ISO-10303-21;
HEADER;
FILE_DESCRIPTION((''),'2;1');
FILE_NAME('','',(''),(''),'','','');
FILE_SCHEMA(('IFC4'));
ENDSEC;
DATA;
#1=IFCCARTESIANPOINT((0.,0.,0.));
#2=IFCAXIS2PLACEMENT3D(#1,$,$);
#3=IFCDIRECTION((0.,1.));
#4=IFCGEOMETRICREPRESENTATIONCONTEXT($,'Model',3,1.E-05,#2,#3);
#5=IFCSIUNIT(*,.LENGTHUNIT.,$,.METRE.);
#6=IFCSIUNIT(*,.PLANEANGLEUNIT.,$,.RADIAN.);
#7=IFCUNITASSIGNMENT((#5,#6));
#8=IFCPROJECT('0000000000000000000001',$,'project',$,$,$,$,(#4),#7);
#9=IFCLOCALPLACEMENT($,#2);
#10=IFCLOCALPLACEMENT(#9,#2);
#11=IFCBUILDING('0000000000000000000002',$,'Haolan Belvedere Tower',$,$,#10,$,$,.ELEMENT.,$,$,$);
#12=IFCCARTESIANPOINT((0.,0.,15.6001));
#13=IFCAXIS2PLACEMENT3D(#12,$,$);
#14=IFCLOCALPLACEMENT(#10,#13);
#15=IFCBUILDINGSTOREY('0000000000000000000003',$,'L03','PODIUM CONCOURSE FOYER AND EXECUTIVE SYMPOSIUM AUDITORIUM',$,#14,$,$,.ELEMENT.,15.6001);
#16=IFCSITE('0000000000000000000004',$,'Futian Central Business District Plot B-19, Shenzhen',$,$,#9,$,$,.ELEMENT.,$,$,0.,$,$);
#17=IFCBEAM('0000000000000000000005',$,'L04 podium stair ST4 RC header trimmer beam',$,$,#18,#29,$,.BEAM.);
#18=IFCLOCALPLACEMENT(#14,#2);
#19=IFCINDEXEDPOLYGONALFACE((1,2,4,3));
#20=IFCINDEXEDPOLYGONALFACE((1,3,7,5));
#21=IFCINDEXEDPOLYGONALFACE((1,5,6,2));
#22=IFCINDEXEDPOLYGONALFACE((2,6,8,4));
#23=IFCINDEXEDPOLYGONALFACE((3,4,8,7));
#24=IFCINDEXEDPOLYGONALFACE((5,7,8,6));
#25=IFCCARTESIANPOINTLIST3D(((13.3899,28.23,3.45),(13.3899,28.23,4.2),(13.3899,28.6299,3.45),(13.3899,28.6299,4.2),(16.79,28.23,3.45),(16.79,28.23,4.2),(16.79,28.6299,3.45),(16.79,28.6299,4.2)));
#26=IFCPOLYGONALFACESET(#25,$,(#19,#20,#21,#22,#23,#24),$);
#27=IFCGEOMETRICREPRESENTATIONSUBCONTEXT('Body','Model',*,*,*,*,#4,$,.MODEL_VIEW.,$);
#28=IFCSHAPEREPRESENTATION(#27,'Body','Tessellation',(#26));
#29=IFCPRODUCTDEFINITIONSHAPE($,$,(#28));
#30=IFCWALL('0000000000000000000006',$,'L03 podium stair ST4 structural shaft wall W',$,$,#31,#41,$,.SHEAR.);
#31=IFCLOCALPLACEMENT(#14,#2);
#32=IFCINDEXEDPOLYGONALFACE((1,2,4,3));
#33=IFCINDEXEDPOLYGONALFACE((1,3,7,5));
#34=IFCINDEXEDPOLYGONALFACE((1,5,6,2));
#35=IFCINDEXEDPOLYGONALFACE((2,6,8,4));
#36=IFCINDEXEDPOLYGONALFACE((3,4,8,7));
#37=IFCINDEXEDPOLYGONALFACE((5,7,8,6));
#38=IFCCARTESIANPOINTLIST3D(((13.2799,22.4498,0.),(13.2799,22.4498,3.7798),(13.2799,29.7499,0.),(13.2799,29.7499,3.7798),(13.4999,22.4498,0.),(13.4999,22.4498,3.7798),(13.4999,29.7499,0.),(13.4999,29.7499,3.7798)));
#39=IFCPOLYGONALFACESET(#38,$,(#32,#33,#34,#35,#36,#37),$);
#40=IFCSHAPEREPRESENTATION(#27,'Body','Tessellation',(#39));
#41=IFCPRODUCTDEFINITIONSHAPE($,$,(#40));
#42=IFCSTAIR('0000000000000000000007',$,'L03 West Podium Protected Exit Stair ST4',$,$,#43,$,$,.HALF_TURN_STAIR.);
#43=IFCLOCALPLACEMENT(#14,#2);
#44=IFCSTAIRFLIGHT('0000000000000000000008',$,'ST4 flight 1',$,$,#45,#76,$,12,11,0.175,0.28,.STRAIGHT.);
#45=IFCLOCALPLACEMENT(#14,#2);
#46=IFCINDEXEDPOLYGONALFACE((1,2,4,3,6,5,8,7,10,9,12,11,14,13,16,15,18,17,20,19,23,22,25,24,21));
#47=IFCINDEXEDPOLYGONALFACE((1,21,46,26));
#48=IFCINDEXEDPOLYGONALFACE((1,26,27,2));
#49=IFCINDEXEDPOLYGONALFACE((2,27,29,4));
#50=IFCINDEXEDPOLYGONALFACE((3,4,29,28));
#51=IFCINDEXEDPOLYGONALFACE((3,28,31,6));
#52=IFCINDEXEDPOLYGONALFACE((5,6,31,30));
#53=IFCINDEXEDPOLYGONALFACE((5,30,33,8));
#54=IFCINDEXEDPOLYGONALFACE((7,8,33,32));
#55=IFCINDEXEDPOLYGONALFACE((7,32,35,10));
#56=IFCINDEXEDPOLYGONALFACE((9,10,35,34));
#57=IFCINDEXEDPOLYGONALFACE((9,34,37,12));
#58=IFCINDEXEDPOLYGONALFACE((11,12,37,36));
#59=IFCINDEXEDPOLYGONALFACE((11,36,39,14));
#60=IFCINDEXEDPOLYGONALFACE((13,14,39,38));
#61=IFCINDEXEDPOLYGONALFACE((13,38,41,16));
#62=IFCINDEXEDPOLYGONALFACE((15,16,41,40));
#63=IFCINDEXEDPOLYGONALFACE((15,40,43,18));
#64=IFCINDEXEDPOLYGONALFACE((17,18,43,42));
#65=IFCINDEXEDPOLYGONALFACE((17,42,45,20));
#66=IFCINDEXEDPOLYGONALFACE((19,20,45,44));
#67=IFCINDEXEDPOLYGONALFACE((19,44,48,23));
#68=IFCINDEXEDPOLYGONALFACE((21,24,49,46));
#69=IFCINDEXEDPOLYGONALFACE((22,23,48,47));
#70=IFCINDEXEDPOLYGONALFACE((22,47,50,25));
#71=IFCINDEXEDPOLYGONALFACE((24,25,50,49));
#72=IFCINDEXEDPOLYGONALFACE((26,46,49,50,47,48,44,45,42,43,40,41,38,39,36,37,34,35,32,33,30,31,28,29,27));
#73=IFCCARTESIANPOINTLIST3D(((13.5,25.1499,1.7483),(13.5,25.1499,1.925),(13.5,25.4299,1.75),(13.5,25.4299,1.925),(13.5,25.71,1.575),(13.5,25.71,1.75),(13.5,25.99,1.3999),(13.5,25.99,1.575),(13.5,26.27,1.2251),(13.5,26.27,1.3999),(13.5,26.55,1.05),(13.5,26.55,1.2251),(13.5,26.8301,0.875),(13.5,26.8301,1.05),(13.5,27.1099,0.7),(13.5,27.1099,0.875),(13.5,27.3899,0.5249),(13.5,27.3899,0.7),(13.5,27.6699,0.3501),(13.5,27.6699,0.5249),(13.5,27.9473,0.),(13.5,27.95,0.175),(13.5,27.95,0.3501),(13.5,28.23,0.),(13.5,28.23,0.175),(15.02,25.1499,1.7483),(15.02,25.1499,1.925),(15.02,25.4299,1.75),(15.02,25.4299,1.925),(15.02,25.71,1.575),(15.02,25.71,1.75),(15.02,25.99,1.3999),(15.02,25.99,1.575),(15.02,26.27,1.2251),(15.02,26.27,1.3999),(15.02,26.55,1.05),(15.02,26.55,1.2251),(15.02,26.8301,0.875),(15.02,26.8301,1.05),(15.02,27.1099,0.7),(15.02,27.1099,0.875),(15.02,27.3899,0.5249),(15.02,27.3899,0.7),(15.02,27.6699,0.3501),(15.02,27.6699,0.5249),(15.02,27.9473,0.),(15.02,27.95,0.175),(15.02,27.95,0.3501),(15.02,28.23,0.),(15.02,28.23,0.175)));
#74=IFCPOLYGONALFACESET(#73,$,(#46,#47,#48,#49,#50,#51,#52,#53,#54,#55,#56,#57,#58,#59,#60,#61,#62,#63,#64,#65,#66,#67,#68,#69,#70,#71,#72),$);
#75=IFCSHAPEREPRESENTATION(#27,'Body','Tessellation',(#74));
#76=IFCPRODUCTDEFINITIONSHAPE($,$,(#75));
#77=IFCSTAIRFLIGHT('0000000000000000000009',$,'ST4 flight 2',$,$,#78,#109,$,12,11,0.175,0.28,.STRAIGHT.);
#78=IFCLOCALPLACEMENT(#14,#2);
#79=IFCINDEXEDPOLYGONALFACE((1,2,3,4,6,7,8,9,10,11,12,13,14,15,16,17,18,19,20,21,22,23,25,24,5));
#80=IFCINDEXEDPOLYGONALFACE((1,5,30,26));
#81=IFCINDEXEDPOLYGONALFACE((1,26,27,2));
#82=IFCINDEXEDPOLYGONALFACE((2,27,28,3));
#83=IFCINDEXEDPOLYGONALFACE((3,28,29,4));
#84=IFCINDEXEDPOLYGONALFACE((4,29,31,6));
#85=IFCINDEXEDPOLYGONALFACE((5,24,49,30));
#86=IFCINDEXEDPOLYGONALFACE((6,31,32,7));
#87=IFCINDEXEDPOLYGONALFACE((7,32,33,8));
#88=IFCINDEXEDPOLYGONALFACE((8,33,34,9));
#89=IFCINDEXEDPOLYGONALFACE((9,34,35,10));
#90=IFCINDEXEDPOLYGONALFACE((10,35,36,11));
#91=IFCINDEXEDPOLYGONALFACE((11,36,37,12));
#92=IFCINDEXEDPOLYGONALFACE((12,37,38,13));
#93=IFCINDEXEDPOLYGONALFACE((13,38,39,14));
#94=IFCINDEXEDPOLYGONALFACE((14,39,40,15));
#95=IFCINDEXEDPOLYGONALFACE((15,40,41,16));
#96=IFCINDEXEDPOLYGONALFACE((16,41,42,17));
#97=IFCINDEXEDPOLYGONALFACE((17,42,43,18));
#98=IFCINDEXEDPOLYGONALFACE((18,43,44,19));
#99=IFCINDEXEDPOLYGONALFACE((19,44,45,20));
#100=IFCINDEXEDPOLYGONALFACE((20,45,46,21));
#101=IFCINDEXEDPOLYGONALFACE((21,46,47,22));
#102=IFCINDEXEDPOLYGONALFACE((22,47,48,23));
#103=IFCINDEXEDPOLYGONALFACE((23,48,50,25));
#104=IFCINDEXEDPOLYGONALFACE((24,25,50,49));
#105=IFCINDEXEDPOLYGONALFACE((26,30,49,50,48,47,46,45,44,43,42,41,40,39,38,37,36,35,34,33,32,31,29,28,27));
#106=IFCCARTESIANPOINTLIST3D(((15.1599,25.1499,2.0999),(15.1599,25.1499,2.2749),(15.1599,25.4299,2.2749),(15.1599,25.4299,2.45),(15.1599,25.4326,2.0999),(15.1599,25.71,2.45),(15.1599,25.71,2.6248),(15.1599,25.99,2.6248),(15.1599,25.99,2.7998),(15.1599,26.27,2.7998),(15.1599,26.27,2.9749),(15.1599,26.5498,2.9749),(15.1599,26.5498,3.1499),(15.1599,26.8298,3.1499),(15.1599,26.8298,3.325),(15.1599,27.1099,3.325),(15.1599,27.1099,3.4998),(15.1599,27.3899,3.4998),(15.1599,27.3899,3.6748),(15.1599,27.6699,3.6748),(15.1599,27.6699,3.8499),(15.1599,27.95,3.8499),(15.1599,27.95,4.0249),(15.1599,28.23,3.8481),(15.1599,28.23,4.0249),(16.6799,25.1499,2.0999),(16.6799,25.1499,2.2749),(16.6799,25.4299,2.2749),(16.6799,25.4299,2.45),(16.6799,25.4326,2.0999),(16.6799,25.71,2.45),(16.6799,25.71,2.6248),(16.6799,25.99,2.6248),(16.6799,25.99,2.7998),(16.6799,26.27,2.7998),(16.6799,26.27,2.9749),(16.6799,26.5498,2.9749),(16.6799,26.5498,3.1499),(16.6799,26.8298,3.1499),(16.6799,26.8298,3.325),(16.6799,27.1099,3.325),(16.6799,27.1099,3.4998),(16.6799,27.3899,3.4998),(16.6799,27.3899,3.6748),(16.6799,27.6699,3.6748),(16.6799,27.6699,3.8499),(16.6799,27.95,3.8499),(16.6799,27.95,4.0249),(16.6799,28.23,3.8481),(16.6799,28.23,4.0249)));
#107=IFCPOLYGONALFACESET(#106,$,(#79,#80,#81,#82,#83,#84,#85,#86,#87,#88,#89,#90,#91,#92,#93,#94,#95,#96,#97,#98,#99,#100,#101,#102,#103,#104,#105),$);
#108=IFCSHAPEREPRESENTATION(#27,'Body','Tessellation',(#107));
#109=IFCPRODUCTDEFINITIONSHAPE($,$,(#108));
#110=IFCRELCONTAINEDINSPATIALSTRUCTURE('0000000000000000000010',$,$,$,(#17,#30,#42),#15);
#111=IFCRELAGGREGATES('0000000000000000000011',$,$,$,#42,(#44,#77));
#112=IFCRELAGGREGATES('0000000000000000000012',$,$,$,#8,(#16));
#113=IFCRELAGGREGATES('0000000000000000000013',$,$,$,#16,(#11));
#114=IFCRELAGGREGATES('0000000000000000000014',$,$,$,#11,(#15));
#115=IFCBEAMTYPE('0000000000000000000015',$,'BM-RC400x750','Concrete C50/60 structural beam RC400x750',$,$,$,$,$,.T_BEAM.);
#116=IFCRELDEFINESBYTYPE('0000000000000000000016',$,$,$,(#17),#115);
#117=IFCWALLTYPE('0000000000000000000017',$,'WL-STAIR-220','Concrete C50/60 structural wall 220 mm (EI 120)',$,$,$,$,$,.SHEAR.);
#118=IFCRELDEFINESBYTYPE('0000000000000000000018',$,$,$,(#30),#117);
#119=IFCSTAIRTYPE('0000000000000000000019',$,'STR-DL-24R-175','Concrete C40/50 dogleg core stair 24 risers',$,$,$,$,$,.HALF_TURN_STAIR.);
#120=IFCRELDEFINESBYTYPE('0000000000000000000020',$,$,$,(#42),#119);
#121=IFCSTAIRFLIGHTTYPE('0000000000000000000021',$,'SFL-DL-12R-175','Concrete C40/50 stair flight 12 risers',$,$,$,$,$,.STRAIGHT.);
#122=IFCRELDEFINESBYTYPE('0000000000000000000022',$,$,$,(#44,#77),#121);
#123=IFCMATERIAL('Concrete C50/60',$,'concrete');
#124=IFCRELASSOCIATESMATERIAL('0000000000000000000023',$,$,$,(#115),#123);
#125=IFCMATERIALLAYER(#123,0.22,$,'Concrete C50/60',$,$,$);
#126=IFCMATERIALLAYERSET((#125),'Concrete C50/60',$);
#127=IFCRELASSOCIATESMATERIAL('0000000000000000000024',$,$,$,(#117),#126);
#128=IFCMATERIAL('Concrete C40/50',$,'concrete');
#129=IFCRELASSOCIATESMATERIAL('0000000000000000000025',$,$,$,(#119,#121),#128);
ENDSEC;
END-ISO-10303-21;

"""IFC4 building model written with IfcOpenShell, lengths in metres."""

from ifc_helpers import new_model, si_unit, direction, frame, frame_2d, origin, origin_2d, place, context, subcontext, project, spatial, polyline, rectangle, outline, extrude, material, layer, layer_set, material_profile, profile_set, type_object, element, aggregate, save


model = new_model("IFC4")

# Units and contexts
model_context = context("Model", 3, precision=1e-05, world=origin(), true_north=direction((0.0, 1.0)))
body_context = subcontext(model_context, "Body", "Model", "MODEL_VIEW")
ifc_project = project(units=[si_unit("LENGTHUNIT", "METRE"), si_unit("PLANEANGLEUNIT", "RADIAN")], contexts=[model_context])

# Site, building, storey
site_placement = place(None, origin())
site = spatial("IfcSite", under=ifc_project, at=site_placement, Name="Futian Central Business District Plot B-19, Shenzhen", CompositionType="ELEMENT", RefElevation=0.0)
building_placement = place(site_placement, origin())
building = spatial("IfcBuilding", under=site, at=building_placement, Name="Haolan Belvedere Tower", CompositionType="ELEMENT")
storey_placement = place(building_placement, frame((0.0, 0.0, 15.6001)))
storey = spatial("IfcBuildingStorey", under=building, at=storey_placement, Name="L03", Description="PODIUM CONCOURSE FOYER AND EXECUTIVE SYMPOSIUM AUDITORIUM", CompositionType="ELEMENT", Elevation=15.6001)

# Beam
ifc_material_1 = material(Name="Concrete C50/60", Category="concrete")
ifc_material_profile = material_profile(ifc_material_1, rectangle(XDim=0.3999, YDim=0.75, at=origin_2d()), Name="Concrete C50/60")
ifc_profile_set = profile_set([ifc_material_profile], Name="Concrete C50/60")
beam_type = type_object("IfcBeamType", Name="BM-RC400x750", Description="Concrete C50/60 structural beam RC400x750", PredefinedType="T_BEAM", material=ifc_profile_set)
beam_placement = place(storey_placement, frame((13.3899, 28.4299, 3.825), z_axis=(1.0, 0.0, 0.0), x_axis=(0.0, 1.0, 0.0)))
element("IfcBeam", 1, at=beam_placement, inside=storey, type_object=beam_type, Name="L04 podium stair ST4 RC header trimmer beam", PredefinedType="BEAM", context=body_context, shape_type="SweptSolid", body=[
    extrude(rectangle(XDim=0.3999, YDim=0.75, at=origin_2d()), origin(), (0.0, 0.0, 1.0), 3.4001),
])

# Shared definitions
ifc_layer = layer(ifc_material_1, 0.22, Name="Concrete C50/60")
ifc_layer_set = layer_set([ifc_layer], Name="Concrete C50/60")
wall_type = type_object("IfcWallType", Name="WL-STAIR-220", Description="Concrete C50/60 structural wall 220 mm (EI 120)", PredefinedType="SHEAR", material=ifc_layer_set)

# Wall
wall_1_placement = place(storey_placement, frame((13.3899, 22.45, 0.0), z_axis=(0.0, 0.0, 1.0), x_axis=(0.0, 1.0, 0.0)))
element("IfcWall", 2, at=wall_1_placement, inside=storey, type_object=wall_type, Name="L03 podium stair ST4 structural shaft wall W", PredefinedType="SHEAR", context=body_context, shape_type="SweptSolid", body=[
    extrude(rectangle(XDim=7.3, YDim=0.22, at=frame_2d((3.6499, 0.0))), origin(), (0.0, 0.0, 1.0), 3.7798),
])

# Stair, stair flights
ifc_material_2 = material(Name="Concrete C40/50", Category="concrete")
stair_type = type_object("IfcStairType", Name="STR-DL-24R-175", Description="Concrete C40/50 dogleg core stair 24 risers", PredefinedType="HALF_TURN_STAIR", material=ifc_material_2)
stair_placement = place(storey_placement, origin())
stair = element("IfcStair", 3, at=stair_placement, inside=storey, type_object=stair_type, Name="L03 West Podium Protected Exit Stair ST4", PredefinedType="HALF_TURN_STAIR")
stair_flight_type = type_object("IfcStairFlightType", Name="SFL-DL-12R-175", Description="Concrete C40/50 stair flight 12 risers", PredefinedType="STRAIGHT", material=ifc_material_2)
stair_flight_1_placement = place(storey_placement, frame((14.26, 28.23, 0.0), z_axis=(0.0, 0.0, 1.0), x_axis=(0.0, -1.0, 0.0)))
stair_flight_1 = element("IfcStairFlight", 4, at=stair_flight_1_placement, type_object=stair_flight_type, Name="ST4 flight 1", NumberOfRisers=12, NumberOfTreads=11, PredefinedType="STRAIGHT", RiserHeight=0.175, TreadLength=0.28, context=body_context, shape_type="SweptSolid", body=[
    extrude(outline(polyline([(0.0, 0.0), (0.0, 0.175), (0.28, 0.175), (0.28, 0.3501), (0.5601, 0.3501), (0.5601, 0.5249), (0.8401, 0.5249), (0.8401, 0.7), (1.1201, 0.7), (1.1201, 0.875), (1.3999, 0.875), (1.3999, 1.05), (1.6799, 1.05), (1.6799, 1.2251), (1.96, 1.2251), (1.96, 1.3999), (2.24, 1.3999), (2.24, 1.575), (2.52, 1.575), (2.52, 1.75), (2.8, 1.75), (2.8, 1.925), (3.0801, 1.925), (3.0801, 2.1001), (3.0801, 1.7483), (0.2827, 0.0), (0.0, 0.0)])), frame((0.0, 0.76, 0.0), z_axis=(0.0, -1.0, 0.0), x_axis=(1.0, 0.0, 0.0)), (0.0, 0.0, 1.0), 1.52),
])
stair_flight_2_placement = place(storey_placement, frame((15.9199, 25.1499, 2.0999), z_axis=(0.0, 0.0, 1.0), x_axis=(0.0, 1.0, 0.0)))
stair_flight_2 = element("IfcStairFlight", 5, at=stair_flight_2_placement, type_object=stair_flight_type, Name="ST4 flight 2", NumberOfRisers=12, NumberOfTreads=11, PredefinedType="STRAIGHT", RiserHeight=0.175, TreadLength=0.28, context=body_context, shape_type="SweptSolid", body=[
    extrude(outline(polyline([(0.0, 0.0), (0.0, 0.175), (0.28, 0.175), (0.28, 0.3501), (0.5601, 0.3501), (0.5601, 0.5249), (0.8401, 0.5249), (0.8401, 0.7), (1.1201, 0.7), (1.1201, 0.875), (1.3999, 0.875), (1.3999, 1.05), (1.6799, 1.05), (1.6799, 1.2251), (1.96, 1.2251), (1.96, 1.3999), (2.24, 1.3999), (2.24, 1.575), (2.52, 1.575), (2.52, 1.75), (2.8, 1.75), (2.8, 1.925), (3.0801, 1.925), (3.0801, 2.1001), (3.0801, 1.7483), (0.2827, 0.0), (0.0, 0.0)])), frame((0.0, 0.76, 0.0), z_axis=(0.0, -1.0, 0.0), x_axis=(1.0, 0.0, 0.0)), (0.0, 0.0, 1.0), 1.52),
])
aggregate(stair, [stair_flight_1, stair_flight_2])

save(model, "model.ifc")
